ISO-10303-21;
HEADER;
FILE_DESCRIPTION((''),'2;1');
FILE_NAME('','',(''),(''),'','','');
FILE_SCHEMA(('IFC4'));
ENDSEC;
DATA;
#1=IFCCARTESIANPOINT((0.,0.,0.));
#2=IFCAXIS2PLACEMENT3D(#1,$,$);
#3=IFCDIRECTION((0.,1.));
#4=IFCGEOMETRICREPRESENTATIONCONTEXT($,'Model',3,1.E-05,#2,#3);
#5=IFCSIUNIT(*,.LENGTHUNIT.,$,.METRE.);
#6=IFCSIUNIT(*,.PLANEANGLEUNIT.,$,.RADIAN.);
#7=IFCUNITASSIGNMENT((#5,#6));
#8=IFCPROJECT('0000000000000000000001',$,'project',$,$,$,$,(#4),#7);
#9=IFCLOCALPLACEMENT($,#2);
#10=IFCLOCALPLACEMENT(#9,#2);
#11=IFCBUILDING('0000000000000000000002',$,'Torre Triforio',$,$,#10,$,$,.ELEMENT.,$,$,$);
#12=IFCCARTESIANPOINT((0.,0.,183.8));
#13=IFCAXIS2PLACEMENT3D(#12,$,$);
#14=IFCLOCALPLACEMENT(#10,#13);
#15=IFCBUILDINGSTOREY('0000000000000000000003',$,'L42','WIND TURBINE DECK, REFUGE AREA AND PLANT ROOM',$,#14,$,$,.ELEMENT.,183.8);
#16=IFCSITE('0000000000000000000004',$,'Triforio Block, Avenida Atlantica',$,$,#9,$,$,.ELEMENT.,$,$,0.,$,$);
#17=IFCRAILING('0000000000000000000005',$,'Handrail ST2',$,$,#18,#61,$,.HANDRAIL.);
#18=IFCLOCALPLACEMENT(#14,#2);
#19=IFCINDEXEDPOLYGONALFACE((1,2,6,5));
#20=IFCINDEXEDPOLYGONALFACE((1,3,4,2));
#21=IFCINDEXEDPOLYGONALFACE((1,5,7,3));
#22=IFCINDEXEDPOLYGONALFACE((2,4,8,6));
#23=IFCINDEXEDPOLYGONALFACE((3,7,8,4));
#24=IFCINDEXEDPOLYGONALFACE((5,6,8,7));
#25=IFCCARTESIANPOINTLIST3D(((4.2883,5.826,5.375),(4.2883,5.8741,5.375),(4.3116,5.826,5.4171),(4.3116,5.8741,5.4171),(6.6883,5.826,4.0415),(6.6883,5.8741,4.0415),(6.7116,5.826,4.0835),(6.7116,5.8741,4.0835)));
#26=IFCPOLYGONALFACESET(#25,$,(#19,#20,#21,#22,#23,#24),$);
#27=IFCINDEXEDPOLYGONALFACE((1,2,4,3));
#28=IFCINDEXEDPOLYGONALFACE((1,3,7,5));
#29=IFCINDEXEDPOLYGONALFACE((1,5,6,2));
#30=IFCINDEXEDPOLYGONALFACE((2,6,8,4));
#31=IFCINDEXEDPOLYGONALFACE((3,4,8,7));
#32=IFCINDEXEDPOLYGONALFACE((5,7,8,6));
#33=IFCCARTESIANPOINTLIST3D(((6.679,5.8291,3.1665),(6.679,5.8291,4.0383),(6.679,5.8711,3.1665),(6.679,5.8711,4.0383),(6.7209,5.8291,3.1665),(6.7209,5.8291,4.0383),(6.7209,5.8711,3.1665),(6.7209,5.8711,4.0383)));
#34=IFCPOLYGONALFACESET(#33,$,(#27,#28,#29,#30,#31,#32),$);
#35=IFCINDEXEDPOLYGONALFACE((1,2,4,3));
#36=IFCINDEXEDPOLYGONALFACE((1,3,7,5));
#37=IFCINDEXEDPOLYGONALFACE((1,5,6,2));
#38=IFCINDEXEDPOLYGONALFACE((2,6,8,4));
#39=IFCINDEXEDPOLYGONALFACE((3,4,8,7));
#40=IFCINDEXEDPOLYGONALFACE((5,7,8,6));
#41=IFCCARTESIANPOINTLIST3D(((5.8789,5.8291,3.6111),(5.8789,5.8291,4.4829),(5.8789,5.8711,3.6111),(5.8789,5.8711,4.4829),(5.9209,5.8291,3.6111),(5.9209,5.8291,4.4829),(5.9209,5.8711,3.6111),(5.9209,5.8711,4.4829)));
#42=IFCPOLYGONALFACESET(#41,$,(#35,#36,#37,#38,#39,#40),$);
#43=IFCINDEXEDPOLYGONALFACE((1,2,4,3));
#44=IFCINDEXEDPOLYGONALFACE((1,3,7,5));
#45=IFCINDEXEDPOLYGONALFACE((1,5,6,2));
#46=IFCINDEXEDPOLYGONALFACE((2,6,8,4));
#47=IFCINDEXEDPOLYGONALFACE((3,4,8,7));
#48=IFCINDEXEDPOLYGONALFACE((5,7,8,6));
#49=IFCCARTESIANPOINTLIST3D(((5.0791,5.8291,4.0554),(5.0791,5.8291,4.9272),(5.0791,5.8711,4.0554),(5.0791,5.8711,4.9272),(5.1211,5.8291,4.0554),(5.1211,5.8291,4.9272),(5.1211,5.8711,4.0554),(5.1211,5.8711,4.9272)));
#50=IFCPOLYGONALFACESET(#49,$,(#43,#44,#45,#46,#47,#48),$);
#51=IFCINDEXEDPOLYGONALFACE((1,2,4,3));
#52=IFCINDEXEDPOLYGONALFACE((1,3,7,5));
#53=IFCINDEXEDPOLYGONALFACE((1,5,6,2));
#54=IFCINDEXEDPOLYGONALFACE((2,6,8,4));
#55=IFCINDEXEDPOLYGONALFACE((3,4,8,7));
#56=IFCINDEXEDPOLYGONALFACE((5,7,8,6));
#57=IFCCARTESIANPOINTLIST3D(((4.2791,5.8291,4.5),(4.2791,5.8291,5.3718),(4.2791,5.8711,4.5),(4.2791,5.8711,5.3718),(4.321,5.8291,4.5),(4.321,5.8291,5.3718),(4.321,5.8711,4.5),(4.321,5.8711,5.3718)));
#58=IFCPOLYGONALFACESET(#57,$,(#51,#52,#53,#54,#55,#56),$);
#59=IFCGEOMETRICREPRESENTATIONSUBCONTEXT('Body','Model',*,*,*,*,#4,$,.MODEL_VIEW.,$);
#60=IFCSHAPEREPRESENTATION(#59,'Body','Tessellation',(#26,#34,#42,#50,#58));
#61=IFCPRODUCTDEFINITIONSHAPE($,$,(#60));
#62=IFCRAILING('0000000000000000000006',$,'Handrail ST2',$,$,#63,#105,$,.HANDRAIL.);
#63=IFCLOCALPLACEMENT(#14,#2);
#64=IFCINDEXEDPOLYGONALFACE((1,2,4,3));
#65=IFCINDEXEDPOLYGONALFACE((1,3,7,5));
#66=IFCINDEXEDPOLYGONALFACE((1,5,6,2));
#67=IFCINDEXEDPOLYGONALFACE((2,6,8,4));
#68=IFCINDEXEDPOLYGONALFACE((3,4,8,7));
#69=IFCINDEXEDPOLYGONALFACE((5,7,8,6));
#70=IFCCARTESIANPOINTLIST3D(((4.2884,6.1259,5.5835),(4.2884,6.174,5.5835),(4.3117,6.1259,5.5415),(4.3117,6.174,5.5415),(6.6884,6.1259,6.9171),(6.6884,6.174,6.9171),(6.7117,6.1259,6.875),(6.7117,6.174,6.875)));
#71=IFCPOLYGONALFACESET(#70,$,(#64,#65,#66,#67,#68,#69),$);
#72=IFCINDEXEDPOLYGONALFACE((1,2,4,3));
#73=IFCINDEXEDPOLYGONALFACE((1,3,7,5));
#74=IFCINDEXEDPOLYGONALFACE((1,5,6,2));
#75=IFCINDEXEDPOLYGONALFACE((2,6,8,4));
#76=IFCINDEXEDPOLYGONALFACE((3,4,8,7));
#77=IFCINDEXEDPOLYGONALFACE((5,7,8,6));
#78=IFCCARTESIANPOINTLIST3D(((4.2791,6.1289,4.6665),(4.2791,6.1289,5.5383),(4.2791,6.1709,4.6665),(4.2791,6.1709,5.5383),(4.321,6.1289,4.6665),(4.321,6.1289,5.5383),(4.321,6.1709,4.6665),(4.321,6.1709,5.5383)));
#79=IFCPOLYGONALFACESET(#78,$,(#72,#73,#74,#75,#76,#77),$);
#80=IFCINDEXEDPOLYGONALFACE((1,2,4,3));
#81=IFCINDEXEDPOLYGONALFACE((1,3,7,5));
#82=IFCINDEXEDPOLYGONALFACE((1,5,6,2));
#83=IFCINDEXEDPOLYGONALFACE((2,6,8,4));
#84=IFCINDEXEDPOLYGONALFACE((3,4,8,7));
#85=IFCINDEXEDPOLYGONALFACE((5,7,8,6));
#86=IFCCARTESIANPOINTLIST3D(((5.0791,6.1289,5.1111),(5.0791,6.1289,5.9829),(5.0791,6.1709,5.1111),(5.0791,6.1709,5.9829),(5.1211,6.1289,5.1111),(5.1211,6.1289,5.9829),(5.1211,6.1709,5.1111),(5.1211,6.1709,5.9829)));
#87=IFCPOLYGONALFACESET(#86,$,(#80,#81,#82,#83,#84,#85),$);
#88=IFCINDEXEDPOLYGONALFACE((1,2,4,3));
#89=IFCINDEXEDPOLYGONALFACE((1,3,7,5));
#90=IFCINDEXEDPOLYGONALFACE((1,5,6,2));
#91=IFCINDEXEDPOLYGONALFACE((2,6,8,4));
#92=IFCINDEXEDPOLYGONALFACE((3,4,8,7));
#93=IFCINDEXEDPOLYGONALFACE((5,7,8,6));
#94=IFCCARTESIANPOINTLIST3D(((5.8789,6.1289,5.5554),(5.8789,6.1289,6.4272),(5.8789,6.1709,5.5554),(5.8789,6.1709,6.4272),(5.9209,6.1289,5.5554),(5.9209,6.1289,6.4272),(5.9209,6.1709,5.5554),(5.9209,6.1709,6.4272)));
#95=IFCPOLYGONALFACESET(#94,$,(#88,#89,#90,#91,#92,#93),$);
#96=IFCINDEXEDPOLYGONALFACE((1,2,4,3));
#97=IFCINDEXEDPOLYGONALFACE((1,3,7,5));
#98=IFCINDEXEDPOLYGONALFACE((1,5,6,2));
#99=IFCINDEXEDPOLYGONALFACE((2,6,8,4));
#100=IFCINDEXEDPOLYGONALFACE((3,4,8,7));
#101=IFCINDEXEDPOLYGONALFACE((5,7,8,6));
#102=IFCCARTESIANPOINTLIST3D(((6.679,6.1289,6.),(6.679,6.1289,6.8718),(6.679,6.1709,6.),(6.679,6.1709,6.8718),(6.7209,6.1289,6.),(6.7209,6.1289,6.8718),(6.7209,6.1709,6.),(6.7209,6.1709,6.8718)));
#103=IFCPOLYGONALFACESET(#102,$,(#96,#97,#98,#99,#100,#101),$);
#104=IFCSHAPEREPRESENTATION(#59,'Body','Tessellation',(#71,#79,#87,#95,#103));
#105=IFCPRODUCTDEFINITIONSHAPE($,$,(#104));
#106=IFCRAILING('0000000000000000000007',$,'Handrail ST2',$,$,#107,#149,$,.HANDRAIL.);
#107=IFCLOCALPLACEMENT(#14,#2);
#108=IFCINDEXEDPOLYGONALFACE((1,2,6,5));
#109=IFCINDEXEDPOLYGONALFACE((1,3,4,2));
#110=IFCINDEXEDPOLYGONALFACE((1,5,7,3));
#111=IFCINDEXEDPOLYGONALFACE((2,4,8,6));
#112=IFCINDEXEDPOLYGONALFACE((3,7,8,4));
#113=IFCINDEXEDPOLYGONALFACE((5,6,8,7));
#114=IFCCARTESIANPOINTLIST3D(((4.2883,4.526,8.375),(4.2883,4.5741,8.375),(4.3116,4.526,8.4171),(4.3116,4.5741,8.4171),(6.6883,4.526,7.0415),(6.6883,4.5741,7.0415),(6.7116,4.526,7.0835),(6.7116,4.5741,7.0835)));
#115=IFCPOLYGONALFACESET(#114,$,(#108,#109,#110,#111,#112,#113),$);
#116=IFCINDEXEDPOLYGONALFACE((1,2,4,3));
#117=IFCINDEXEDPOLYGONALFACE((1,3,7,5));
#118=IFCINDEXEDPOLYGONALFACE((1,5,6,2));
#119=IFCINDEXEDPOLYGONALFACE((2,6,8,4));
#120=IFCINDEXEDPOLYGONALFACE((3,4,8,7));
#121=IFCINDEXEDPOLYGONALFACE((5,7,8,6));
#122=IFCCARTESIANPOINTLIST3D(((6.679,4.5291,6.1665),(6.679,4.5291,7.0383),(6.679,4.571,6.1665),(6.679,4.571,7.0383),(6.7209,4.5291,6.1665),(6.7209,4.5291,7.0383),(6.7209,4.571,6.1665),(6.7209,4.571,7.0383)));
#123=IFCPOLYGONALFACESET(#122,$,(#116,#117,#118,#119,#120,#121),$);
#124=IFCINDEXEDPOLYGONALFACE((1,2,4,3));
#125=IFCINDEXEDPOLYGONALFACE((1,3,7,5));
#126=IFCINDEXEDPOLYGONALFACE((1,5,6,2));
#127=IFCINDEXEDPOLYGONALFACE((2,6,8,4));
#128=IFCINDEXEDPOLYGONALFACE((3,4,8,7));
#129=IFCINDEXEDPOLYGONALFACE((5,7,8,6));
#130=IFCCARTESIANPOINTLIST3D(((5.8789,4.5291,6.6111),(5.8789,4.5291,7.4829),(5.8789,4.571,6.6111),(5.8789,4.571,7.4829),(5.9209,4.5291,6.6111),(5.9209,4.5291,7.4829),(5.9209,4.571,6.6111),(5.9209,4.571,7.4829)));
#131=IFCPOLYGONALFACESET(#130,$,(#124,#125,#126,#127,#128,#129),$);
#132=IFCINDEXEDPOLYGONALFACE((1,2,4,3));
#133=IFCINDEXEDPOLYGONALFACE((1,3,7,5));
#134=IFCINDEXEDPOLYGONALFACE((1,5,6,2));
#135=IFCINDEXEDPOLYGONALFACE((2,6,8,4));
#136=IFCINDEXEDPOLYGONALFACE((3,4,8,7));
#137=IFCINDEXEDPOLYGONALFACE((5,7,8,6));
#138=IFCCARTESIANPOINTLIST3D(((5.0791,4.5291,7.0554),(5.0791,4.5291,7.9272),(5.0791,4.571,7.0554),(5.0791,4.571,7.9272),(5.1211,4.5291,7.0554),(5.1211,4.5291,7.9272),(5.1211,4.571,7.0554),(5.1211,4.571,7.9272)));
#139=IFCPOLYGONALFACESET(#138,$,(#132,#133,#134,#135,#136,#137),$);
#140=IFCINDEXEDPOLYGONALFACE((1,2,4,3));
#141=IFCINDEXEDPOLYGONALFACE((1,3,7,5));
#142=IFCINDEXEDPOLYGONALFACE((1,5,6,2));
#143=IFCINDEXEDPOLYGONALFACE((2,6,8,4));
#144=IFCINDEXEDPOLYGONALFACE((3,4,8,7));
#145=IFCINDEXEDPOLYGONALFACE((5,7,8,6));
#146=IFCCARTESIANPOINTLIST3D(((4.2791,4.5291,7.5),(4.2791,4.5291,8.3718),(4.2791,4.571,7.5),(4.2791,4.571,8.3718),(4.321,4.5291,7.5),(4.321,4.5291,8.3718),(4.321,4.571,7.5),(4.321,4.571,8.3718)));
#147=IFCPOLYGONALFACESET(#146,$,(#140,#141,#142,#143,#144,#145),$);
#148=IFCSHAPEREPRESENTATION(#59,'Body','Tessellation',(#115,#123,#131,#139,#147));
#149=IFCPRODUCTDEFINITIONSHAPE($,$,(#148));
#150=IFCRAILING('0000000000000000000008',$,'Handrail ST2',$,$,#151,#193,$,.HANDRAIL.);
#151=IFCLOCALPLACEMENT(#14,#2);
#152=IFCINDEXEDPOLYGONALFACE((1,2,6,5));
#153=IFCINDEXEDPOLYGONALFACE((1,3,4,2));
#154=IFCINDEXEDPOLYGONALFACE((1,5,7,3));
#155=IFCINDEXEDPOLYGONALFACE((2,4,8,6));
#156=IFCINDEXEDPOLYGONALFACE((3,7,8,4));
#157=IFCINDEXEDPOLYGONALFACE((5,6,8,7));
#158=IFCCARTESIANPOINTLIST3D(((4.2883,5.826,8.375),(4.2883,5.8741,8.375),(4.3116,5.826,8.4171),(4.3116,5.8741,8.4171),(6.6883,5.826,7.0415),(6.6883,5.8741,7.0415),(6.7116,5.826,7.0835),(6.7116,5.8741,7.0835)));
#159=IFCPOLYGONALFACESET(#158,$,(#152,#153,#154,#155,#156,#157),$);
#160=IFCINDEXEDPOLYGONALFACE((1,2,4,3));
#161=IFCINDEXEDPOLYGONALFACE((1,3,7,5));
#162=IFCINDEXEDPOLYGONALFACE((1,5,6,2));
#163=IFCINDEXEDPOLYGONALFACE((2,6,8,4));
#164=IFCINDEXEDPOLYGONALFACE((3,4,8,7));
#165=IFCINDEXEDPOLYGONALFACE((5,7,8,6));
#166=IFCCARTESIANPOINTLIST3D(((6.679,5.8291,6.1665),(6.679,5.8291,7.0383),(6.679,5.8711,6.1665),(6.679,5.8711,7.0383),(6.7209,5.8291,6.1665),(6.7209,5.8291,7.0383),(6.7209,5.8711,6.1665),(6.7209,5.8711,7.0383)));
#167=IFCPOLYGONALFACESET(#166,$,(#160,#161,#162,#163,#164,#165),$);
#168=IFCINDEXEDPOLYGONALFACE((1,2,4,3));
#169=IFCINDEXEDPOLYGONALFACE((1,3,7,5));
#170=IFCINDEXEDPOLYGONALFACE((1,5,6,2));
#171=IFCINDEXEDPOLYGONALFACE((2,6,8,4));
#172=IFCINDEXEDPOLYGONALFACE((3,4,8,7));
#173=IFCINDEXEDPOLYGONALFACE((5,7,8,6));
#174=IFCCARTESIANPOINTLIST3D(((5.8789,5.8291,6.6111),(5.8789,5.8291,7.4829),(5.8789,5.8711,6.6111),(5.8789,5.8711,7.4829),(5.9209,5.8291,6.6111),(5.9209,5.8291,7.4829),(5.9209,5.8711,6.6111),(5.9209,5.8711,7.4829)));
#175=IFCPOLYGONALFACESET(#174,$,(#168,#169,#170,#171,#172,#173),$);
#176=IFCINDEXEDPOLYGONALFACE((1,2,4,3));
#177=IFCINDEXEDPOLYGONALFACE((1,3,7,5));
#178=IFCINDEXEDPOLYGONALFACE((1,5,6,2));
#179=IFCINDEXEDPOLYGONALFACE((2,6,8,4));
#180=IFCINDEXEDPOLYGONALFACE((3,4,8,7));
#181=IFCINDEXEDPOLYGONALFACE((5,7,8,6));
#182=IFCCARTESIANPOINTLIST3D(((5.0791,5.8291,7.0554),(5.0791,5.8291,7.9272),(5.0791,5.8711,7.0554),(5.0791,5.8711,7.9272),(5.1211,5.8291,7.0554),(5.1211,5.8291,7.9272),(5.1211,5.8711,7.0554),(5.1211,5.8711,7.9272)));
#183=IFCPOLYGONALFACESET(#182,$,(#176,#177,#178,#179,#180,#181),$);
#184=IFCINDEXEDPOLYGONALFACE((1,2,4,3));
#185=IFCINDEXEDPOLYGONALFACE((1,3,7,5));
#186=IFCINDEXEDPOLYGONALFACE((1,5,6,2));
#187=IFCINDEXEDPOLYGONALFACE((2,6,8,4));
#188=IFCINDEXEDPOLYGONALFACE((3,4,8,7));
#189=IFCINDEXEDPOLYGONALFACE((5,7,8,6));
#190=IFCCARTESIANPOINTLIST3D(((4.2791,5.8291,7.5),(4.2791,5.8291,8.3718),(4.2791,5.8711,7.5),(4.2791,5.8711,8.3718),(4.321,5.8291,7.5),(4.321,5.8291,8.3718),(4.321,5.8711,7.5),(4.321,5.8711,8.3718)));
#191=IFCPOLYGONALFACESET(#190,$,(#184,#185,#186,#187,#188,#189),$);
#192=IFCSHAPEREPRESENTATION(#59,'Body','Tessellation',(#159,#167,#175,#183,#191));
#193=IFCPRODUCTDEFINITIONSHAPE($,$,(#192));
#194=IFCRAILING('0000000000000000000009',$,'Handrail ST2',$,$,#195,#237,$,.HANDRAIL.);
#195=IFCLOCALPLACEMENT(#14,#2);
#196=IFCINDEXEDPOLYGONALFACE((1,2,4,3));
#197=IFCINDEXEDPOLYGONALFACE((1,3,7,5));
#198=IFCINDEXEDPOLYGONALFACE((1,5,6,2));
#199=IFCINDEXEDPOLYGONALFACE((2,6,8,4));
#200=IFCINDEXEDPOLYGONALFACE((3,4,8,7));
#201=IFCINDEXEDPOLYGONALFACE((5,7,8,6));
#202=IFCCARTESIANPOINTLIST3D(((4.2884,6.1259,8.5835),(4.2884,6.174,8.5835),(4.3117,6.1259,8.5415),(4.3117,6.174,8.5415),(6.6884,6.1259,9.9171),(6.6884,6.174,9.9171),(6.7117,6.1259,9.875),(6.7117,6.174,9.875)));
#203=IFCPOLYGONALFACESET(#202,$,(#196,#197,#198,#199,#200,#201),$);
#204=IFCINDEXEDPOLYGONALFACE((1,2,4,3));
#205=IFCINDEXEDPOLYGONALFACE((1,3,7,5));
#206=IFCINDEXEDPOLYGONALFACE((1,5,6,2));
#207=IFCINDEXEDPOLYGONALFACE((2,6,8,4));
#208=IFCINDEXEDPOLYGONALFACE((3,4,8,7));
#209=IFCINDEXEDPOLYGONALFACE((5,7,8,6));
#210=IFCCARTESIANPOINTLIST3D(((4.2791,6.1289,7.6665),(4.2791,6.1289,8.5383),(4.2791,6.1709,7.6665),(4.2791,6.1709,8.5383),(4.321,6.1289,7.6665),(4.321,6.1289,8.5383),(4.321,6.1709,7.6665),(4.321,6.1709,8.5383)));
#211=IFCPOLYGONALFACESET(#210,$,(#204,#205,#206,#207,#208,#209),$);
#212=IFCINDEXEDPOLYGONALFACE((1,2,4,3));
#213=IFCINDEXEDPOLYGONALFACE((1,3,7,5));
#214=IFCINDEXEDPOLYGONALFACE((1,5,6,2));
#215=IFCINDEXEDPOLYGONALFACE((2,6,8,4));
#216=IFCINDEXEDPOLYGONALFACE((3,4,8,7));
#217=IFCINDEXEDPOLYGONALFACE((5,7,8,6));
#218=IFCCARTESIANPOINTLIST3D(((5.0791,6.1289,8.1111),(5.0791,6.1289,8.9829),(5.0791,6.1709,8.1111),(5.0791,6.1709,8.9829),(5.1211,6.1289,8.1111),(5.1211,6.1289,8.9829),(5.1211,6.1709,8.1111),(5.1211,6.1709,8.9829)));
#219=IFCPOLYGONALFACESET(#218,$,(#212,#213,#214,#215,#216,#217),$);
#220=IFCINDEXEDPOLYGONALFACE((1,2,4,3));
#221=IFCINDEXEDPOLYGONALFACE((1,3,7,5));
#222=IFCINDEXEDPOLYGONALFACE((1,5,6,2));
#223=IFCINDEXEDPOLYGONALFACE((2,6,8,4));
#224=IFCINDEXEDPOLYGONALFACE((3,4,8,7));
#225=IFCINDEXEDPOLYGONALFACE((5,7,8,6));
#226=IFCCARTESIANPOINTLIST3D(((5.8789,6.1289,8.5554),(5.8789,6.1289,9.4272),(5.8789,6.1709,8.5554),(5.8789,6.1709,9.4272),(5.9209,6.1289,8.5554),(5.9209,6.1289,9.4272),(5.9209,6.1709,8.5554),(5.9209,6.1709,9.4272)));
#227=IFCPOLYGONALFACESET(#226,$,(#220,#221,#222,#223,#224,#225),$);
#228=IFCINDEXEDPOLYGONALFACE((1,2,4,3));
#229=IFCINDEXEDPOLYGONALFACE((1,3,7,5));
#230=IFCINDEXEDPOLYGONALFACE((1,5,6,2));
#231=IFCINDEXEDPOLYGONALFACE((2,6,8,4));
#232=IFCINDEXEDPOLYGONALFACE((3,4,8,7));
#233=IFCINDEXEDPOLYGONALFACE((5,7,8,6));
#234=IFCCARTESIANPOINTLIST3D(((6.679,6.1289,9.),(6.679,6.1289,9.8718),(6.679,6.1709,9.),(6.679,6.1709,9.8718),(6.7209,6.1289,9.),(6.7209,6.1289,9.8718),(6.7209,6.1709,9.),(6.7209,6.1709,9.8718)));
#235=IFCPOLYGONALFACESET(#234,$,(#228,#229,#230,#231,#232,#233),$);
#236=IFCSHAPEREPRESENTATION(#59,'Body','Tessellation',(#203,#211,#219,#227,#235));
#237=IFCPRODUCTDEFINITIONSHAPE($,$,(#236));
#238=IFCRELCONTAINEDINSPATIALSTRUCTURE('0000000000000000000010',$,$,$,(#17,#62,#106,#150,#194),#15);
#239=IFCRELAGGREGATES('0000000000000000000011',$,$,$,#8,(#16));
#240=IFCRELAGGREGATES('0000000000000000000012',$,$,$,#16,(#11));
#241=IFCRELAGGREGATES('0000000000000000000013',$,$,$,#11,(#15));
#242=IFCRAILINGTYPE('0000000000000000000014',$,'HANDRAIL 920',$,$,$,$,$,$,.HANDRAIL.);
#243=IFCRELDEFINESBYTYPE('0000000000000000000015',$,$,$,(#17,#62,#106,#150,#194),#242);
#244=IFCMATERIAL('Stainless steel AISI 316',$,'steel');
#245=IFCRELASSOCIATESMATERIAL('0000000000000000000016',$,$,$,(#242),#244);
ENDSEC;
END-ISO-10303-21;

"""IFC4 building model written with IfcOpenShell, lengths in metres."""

from ifc_helpers import new_model, si_unit, direction, frame, origin, origin_2d, place, context, subcontext, project, spatial, rectangle, extrude, material, type_object, element, save


model = new_model("IFC4")

# Units and contexts
model_context = context("Model", 3, precision=1e-05, world=origin(), true_north=direction((0.0, 1.0)))
body_context = subcontext(model_context, "Body", "Model", "MODEL_VIEW")
ifc_project = project(units=[si_unit("LENGTHUNIT", "METRE"), si_unit("PLANEANGLEUNIT", "RADIAN")], contexts=[model_context])

# Site, building, storey
site_placement = place(None, origin())
site = spatial("IfcSite", under=ifc_project, at=site_placement, Name="Triforio Block, Avenida Atlantica", CompositionType="ELEMENT", RefElevation=0.0)
building_placement = place(site_placement, origin())
building = spatial("IfcBuilding", under=site, at=building_placement, Name="Torre Triforio", CompositionType="ELEMENT")
storey_placement = place(building_placement, frame((0.0, 0.0, 183.8)))
storey = spatial("IfcBuildingStorey", under=building, at=storey_placement, Name="L42", Description="WIND TURBINE DECK, REFUGE AREA AND PLANT ROOM", CompositionType="ELEMENT", Elevation=183.8)

# Railings
ifc_material_1 = material(Name="Stainless steel AISI 316", Category="steel")
railing_type = type_object("IfcRailingType", Name="HANDRAIL 920", PredefinedType="HANDRAIL", material=ifc_material_1)
for number, where, name in (
    (1, (6.7, 5.8501, 3.1665), "Handrail ST2"),
):
    element("IfcRailing", number, at=place(storey_placement, frame(where)), inside=storey, type_object=railing_type, Name=name, PredefinedType="HANDRAIL", context=body_context, shape_type="SweptSolid", body=[
        extrude(rectangle(XDim=0.0481, YDim=0.0481, at=origin_2d()), frame((0.0, 0.0, 0.896), z_axis=(-0.874124, 0.0, 0.485703), x_axis=(0.0, -1.0, 0.0)), (0.0, 0.0, 1.0), 2.7456),
        extrude(rectangle(XDim=0.042, YDim=0.042, at=origin_2d()), origin(), (0.0, 0.0, 1.0), 0.8718),
        extrude(rectangle(XDim=0.042, YDim=0.042, at=origin_2d()), frame((-0.8, 0.0, 0.4446)), (0.0, 0.0, 1.0), 0.8718),
        extrude(rectangle(XDim=0.042, YDim=0.042, at=origin_2d()), frame((-1.5999, 0.0, 0.8889)), (0.0, 0.0, 1.0), 0.8718),
        extrude(rectangle(XDim=0.042, YDim=0.042, at=origin_2d()), frame((-2.3999, 0.0, 1.3335)), (0.0, 0.0, 1.0), 0.8718),
    ])
railing_1_placement = place(storey_placement, frame((4.3, 6.1499, 4.6665)))
element("IfcRailing", 2, at=railing_1_placement, inside=storey, type_object=railing_type, Name="Handrail ST2", PredefinedType="HANDRAIL", context=body_context, shape_type="SweptSolid", body=[
    extrude(rectangle(XDim=0.0481, YDim=0.0481, at=origin_2d()), frame((0.0, 0.0, 0.896), z_axis=(0.874124, 0.0, 0.485703), x_axis=(0.0, 1.0, 0.0)), (0.0, 0.0, 1.0), 2.7456),
    extrude(rectangle(XDim=0.042, YDim=0.042, at=origin_2d()), origin(), (0.0, 0.0, 1.0), 0.8718),
    extrude(rectangle(XDim=0.042, YDim=0.042, at=origin_2d()), frame((0.8, 0.0, 0.4446)), (0.0, 0.0, 1.0), 0.8718),
    extrude(rectangle(XDim=0.042, YDim=0.042, at=origin_2d()), frame((1.5999, 0.0, 0.8889)), (0.0, 0.0, 1.0), 0.8718),
    extrude(rectangle(XDim=0.042, YDim=0.042, at=origin_2d()), frame((2.3999, 0.0, 1.3335)), (0.0, 0.0, 1.0), 0.8718),
])
for number, where, name in (
    (3, (6.7, 4.55, 6.1665), "Handrail ST2"),
    (4, (6.7, 5.8501, 6.1665), "Handrail ST2"),
):
    element("IfcRailing", number, at=place(storey_placement, frame(where)), inside=storey, type_object=railing_type, Name=name, PredefinedType="HANDRAIL", context=body_context, shape_type="SweptSolid", body=[
        extrude(rectangle(XDim=0.0481, YDim=0.0481, at=origin_2d()), frame((0.0, 0.0, 0.896), z_axis=(-0.874124, 0.0, 0.485703), x_axis=(0.0, -1.0, 0.0)), (0.0, 0.0, 1.0), 2.7456),
        extrude(rectangle(XDim=0.042, YDim=0.042, at=origin_2d()), origin(), (0.0, 0.0, 1.0), 0.8718),
        extrude(rectangle(XDim=0.042, YDim=0.042, at=origin_2d()), frame((-0.8, 0.0, 0.4446)), (0.0, 0.0, 1.0), 0.8718),
        extrude(rectangle(XDim=0.042, YDim=0.042, at=origin_2d()), frame((-1.5999, 0.0, 0.8889)), (0.0, 0.0, 1.0), 0.8718),
        extrude(rectangle(XDim=0.042, YDim=0.042, at=origin_2d()), frame((-2.3999, 0.0, 1.3335)), (0.0, 0.0, 1.0), 0.8718),
    ])
railing_2_placement = place(storey_placement, frame((4.3, 6.1499, 7.6665)))
element("IfcRailing", 5, at=railing_2_placement, inside=storey, type_object=railing_type, Name="Handrail ST2", PredefinedType="HANDRAIL", context=body_context, shape_type="SweptSolid", body=[
    extrude(rectangle(XDim=0.0481, YDim=0.0481, at=origin_2d()), frame((0.0, 0.0, 0.896), z_axis=(0.874124, 0.0, 0.485703), x_axis=(0.0, 1.0, 0.0)), (0.0, 0.0, 1.0), 2.7456),
    extrude(rectangle(XDim=0.042, YDim=0.042, at=origin_2d()), origin(), (0.0, 0.0, 1.0), 0.8718),
    extrude(rectangle(XDim=0.042, YDim=0.042, at=origin_2d()), frame((0.8, 0.0, 0.4446)), (0.0, 0.0, 1.0), 0.8718),
    extrude(rectangle(XDim=0.042, YDim=0.042, at=origin_2d()), frame((1.5999, 0.0, 0.8889)), (0.0, 0.0, 1.0), 0.8718),
    extrude(rectangle(XDim=0.042, YDim=0.042, at=origin_2d()), frame((2.3999, 0.0, 1.3335)), (0.0, 0.0, 1.0), 0.8718),
])

save(model, "model.ifc")
